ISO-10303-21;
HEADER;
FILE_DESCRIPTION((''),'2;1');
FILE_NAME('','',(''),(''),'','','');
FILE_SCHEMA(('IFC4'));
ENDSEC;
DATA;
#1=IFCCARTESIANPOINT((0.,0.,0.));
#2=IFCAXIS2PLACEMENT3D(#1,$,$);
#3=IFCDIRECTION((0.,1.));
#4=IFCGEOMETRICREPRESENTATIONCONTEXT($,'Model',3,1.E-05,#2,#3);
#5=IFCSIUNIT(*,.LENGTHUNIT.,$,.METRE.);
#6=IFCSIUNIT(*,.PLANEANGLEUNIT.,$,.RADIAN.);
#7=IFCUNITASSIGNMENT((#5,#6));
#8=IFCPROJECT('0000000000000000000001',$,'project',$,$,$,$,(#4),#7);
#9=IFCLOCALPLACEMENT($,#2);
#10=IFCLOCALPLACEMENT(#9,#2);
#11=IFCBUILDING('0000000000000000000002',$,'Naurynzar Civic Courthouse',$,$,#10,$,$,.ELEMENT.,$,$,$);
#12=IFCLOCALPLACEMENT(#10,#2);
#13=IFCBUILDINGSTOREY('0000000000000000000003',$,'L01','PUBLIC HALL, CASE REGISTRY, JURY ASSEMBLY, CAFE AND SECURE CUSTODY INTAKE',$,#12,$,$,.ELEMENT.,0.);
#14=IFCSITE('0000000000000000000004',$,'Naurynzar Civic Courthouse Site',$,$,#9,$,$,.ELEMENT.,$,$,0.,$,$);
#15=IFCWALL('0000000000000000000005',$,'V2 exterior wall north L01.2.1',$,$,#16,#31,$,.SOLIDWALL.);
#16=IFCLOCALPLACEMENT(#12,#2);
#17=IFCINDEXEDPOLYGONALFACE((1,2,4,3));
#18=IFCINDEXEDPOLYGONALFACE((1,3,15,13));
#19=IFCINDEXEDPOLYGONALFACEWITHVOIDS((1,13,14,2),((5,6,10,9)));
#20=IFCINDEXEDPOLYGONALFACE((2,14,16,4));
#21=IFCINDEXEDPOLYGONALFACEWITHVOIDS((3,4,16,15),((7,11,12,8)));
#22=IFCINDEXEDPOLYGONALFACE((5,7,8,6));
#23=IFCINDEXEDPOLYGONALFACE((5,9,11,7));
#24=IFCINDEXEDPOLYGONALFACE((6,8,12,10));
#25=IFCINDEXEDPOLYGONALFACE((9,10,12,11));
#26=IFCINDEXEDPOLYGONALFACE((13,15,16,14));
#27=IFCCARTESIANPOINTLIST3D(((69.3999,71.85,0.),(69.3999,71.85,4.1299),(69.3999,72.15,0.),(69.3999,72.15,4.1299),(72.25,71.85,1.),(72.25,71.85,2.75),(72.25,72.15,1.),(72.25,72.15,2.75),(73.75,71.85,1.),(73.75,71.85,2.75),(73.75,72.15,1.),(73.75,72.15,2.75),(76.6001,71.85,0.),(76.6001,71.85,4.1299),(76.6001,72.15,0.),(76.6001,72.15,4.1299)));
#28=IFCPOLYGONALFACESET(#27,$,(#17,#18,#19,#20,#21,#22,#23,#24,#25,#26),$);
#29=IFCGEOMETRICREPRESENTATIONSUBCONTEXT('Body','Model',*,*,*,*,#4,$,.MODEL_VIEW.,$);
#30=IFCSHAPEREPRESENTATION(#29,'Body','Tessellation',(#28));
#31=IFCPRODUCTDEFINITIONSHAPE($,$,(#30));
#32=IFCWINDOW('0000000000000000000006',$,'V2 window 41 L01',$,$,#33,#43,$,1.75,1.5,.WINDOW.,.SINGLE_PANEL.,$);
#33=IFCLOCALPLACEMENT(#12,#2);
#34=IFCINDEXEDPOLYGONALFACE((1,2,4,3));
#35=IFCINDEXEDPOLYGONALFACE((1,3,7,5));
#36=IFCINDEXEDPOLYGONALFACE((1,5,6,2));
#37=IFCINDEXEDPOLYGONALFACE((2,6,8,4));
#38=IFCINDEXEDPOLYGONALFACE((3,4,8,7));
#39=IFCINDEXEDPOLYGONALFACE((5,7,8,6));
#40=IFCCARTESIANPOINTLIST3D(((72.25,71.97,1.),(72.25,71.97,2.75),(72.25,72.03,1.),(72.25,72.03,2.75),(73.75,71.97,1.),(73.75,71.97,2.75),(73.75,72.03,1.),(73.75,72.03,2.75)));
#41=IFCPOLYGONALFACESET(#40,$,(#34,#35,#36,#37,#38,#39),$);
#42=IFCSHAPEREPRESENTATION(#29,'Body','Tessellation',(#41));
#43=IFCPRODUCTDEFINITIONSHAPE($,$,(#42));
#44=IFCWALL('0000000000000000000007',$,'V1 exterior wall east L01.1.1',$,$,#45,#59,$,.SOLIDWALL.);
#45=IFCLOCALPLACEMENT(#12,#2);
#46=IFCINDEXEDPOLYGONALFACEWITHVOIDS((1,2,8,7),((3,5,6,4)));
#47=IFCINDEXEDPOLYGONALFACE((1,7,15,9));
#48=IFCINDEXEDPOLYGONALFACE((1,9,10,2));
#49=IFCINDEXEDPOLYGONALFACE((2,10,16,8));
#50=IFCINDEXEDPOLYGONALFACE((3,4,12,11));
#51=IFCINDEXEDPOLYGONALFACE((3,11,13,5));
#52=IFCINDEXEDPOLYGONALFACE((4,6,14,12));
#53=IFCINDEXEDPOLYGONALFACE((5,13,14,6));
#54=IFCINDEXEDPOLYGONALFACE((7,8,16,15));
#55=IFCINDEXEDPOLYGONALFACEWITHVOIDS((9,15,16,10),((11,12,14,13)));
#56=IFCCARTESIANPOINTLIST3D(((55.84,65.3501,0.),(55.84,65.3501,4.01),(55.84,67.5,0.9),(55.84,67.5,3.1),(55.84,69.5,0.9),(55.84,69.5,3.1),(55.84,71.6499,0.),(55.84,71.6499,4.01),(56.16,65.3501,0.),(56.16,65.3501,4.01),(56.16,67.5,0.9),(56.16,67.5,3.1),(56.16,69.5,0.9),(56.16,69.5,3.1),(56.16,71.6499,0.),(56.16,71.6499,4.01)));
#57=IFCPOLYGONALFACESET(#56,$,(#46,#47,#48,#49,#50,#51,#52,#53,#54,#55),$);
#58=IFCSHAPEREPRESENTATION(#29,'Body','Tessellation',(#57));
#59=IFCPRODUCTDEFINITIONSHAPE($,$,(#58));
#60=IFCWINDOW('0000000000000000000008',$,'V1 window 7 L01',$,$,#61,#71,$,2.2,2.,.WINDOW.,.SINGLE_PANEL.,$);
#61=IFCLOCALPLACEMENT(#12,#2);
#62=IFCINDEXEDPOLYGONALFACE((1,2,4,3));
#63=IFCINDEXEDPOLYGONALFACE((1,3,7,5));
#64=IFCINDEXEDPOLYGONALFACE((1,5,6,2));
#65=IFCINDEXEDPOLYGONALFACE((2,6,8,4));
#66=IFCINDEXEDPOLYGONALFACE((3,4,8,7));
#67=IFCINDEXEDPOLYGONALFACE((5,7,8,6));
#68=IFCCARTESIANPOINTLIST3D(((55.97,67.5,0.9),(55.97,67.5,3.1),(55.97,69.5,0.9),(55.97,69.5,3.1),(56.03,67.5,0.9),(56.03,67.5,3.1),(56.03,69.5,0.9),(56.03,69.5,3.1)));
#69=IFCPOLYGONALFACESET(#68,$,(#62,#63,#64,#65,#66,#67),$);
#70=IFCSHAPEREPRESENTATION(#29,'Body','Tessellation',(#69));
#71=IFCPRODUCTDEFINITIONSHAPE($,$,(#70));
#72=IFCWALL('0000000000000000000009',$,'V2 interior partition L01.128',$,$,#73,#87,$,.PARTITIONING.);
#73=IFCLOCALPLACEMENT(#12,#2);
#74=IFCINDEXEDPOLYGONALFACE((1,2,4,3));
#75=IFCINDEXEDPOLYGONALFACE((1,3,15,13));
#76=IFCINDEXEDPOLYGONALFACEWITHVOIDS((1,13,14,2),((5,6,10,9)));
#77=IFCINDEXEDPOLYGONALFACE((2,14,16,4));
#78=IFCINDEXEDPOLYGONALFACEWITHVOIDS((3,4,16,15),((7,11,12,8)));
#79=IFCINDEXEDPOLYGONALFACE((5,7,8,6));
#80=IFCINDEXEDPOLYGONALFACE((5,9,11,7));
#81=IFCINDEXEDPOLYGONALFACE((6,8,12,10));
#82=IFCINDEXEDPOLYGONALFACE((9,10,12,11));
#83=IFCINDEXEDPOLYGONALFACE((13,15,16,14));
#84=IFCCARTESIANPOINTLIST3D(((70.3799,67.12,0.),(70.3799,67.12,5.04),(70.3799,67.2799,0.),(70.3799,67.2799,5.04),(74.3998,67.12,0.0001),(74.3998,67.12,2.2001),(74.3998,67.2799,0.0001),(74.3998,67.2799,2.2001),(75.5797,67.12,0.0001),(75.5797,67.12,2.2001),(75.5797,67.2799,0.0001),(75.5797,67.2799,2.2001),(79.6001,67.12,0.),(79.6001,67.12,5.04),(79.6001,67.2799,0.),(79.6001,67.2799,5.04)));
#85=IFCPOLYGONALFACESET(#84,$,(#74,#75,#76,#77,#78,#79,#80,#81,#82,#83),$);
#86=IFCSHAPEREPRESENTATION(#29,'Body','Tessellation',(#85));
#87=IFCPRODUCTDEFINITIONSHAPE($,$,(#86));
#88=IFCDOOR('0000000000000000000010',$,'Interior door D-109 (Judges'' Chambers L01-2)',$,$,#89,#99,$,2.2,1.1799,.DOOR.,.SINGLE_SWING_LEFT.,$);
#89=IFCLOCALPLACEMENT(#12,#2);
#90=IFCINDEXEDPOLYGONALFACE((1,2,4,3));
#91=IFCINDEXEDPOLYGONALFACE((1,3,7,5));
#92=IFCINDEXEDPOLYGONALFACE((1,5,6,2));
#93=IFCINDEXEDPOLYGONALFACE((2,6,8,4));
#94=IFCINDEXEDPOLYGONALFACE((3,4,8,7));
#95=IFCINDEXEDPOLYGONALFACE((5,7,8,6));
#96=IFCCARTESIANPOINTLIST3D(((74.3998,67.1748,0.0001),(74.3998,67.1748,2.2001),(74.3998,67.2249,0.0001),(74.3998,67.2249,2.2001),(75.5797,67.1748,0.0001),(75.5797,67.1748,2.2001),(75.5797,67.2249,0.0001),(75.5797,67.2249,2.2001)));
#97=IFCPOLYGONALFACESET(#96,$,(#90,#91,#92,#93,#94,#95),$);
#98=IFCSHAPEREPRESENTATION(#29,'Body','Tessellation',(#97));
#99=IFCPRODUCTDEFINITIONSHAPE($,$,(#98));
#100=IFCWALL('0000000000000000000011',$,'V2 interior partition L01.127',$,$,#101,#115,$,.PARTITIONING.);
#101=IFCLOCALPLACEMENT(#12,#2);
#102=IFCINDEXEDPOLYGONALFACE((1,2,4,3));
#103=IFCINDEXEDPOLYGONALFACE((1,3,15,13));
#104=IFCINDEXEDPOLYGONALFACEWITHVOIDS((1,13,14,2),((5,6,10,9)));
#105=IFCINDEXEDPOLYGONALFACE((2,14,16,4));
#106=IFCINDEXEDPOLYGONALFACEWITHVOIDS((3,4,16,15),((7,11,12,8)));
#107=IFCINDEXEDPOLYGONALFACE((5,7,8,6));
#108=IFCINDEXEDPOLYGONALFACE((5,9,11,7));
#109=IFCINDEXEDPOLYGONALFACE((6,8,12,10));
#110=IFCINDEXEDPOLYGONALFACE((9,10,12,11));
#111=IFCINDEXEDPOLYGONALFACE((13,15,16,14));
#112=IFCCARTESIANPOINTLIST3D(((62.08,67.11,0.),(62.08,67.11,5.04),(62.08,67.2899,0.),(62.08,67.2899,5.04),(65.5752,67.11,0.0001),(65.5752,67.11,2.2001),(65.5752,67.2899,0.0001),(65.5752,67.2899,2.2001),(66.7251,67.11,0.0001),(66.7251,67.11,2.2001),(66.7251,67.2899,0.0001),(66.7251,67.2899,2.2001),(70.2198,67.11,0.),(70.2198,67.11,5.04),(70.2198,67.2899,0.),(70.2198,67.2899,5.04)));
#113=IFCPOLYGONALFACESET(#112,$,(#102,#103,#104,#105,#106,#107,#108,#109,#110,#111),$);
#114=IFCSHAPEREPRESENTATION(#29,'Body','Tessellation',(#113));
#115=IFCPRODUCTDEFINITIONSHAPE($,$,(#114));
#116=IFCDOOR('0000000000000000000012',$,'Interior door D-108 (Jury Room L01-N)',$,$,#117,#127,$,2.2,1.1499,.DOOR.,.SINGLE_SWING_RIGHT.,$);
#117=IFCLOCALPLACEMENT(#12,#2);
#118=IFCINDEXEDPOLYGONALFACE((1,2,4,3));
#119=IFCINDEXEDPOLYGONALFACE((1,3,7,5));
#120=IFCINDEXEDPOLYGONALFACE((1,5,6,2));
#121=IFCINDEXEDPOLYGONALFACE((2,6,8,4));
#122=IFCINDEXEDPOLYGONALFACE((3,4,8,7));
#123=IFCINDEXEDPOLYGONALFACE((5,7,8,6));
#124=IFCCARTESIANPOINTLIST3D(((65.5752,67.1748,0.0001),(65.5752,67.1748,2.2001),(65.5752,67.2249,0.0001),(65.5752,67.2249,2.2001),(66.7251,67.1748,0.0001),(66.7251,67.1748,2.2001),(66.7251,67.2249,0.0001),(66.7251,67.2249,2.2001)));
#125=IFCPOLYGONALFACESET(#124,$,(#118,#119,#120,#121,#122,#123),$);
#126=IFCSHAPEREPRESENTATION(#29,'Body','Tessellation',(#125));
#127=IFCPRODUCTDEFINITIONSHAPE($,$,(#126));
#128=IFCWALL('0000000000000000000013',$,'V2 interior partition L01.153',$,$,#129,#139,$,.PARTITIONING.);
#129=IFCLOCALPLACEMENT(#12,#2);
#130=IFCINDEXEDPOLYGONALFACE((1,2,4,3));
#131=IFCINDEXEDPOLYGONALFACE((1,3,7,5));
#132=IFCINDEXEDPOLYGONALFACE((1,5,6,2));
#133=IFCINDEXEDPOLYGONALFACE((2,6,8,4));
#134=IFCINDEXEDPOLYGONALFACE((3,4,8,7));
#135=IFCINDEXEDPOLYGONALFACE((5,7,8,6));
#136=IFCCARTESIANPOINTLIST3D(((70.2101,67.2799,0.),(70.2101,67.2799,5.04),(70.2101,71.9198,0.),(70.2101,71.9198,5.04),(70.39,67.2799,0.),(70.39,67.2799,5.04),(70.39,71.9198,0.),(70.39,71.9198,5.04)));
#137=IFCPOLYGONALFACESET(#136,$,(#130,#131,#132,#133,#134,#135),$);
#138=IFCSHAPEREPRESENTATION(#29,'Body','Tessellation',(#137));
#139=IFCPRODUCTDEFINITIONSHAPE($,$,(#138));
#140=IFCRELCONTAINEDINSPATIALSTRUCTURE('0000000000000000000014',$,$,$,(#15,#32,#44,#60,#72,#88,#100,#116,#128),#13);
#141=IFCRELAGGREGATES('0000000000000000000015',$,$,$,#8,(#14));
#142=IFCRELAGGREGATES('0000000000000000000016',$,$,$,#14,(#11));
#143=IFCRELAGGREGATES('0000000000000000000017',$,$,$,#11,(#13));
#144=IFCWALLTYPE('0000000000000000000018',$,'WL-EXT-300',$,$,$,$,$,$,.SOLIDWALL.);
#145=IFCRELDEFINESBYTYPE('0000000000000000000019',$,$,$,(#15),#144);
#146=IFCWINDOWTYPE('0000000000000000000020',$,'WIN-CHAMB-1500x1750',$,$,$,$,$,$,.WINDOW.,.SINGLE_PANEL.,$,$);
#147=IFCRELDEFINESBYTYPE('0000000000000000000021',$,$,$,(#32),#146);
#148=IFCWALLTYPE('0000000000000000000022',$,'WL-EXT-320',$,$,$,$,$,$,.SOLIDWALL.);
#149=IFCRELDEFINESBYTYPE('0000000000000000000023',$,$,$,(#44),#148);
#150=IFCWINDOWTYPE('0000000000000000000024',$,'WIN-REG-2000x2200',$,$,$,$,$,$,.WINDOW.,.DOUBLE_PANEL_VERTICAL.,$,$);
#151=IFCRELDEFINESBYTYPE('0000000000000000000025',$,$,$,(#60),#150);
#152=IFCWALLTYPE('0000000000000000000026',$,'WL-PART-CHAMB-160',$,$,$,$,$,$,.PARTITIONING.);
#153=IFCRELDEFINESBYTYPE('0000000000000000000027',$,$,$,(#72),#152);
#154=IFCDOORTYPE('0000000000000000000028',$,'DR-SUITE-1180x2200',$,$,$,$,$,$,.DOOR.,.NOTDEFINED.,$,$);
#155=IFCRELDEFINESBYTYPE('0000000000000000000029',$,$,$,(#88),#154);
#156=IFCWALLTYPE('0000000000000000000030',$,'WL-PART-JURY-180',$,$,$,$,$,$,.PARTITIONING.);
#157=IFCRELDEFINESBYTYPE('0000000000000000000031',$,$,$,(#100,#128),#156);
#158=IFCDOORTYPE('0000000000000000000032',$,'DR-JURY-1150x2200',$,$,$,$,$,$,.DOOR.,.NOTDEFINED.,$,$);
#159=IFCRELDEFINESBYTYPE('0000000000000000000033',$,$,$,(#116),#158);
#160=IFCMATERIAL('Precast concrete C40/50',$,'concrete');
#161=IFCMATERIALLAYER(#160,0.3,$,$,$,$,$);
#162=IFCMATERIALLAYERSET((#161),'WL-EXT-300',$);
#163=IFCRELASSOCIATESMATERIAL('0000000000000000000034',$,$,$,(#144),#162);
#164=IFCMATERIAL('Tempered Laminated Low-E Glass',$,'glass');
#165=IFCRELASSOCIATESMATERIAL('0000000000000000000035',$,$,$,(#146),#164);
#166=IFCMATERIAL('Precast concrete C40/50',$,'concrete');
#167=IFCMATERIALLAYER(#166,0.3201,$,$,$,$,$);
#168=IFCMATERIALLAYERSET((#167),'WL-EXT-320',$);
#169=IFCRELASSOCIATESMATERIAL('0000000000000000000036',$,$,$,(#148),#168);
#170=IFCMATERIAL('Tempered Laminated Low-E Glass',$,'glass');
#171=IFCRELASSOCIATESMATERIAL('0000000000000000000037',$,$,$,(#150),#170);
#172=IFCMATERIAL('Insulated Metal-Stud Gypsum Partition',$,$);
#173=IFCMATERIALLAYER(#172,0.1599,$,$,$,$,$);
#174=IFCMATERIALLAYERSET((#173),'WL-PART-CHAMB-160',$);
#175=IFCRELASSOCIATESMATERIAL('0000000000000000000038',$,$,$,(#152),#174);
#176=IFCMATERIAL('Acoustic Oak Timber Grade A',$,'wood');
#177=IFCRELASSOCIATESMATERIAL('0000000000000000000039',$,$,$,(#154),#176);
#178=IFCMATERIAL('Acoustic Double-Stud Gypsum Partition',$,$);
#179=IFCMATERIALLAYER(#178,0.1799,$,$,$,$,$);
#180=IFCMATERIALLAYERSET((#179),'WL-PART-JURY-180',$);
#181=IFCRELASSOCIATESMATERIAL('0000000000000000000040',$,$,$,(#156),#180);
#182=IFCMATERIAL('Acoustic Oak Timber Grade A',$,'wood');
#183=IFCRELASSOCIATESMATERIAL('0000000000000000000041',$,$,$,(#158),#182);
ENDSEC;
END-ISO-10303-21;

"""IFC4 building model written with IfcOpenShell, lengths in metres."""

from ifc_helpers import new_model, si_unit, direction, frame, frame_2d, origin, place, context, subcontext, project, spatial, rectangle, extrude, material, layer, layer_set, type_object, element, fill, save


model = new_model("IFC4")

# Units and contexts
model_context = context("Model", 3, precision=1e-05, world=origin(), true_north=direction((0.0, 1.0)))
body_context = subcontext(model_context, "Body", "Model", "MODEL_VIEW")
ifc_project = project(units=[si_unit("LENGTHUNIT", "METRE"), si_unit("PLANEANGLEUNIT", "RADIAN")], contexts=[model_context])

# Site, building, storey
site_placement = place(None, origin())
site = spatial("IfcSite", under=ifc_project, at=site_placement, Name="Naurynzar Civic Courthouse Site", CompositionType="ELEMENT", RefElevation=0.0)
building_placement = place(site_placement, origin())
building = spatial("IfcBuilding", under=site, at=building_placement, Name="Naurynzar Civic Courthouse", CompositionType="ELEMENT")
storey_placement = place(building_placement, origin())
storey = spatial("IfcBuildingStorey", under=building, at=storey_placement, Name="L01", Description="PUBLIC HALL, CASE REGISTRY, JURY ASSEMBLY, CAFE AND SECURE CUSTODY INTAKE", CompositionType="ELEMENT", Elevation=0.0)

# Shared definitions
ifc_material_1 = material(Name="Precast concrete C40/50", Category="concrete")
ifc_layer_1 = layer(ifc_material_1, 0.3)
ifc_layer_set_1 = layer_set([ifc_layer_1], Name="WL-EXT-300")
wall_type_1 = type_object("IfcWallType", Name="WL-EXT-300", PredefinedType="SOLIDWALL", material=ifc_layer_set_1)

# Walls, openings, windows
wall_1_placement = place(storey_placement, frame((69.3999, 72.0, 0.0), z_axis=(0.0, 0.0, 1.0), x_axis=(1.0, 0.0, 0.0)))
wall_1 = element("IfcWall", 1, at=wall_1_placement, inside=storey, type_object=wall_type_1, Name="V2 exterior wall north L01.2.1", PredefinedType="SOLIDWALL", context=body_context, shape_type="SweptSolid", body=[
    extrude(rectangle(XDim=7.2002, YDim=0.3, at=frame_2d((3.6001, 0.0))), origin(), (0.0, 0.0, 1.0), 4.1299),
])
opening_1_placement = place(wall_1_placement, frame((2.8501, 0.0, 1.0)))
opening_1 = element("IfcOpeningElement", 2, at=opening_1_placement, cuts=wall_1, PredefinedType="OPENING", context=body_context, shape_type="SweptSolid", body=[
    extrude(rectangle(XDim=1.5, YDim=1.75, at=frame_2d((0.75, 0.875))), frame((0.0, 0.1599, 0.0), z_axis=(0.0, -1.0, 0.0), x_axis=(1.0, 0.0, 0.0)), (0.0, 0.0, 1.0), 0.3201),
])
ifc_material_2 = material(Name="Tempered Laminated Low-E Glass", Category="glass")
window_type_1 = type_object("IfcWindowType", Name="WIN-CHAMB-1500x1750", PartitioningType="SINGLE_PANEL", PredefinedType="WINDOW", material=ifc_material_2)
window_1_placement = place(opening_1_placement, origin())
window_1 = element("IfcWindow", 3, at=window_1_placement, inside=storey, type_object=window_type_1, Name="V2 window 41 L01", OverallHeight=1.75, OverallWidth=1.5, PartitioningType="SINGLE_PANEL", PredefinedType="WINDOW", context=body_context, shape_type="SweptSolid", body=[
    extrude(rectangle(XDim=1.5, YDim=1.75, at=frame_2d((0.75, 0.875))), frame((0.0, 0.03, 0.0), z_axis=(0.0, -1.0, 0.0), x_axis=(1.0, 0.0, 0.0)), (0.0, 0.0, 1.0), 0.0601),
])
fill(opening_1, window_1)
ifc_material_3 = material(Name="Precast concrete C40/50", Category="concrete")
ifc_layer_2 = layer(ifc_material_3, 0.3201)
ifc_layer_set_2 = layer_set([ifc_layer_2], Name="WL-EXT-320")
wall_type_2 = type_object("IfcWallType", Name="WL-EXT-320", PredefinedType="SOLIDWALL", material=ifc_layer_set_2)
wall_2_placement = place(storey_placement, frame((56.0, 71.6499, 0.0), z_axis=(0.0, 0.0, 1.0), x_axis=(0.0, -1.0, 0.0)))
wall_2 = element("IfcWall", 4, at=wall_2_placement, inside=storey, type_object=wall_type_2, Name="V1 exterior wall east L01.1.1", PredefinedType="SOLIDWALL", context=body_context, shape_type="SweptSolid", body=[
    extrude(rectangle(XDim=6.2998, YDim=0.3201, at=frame_2d((3.1499, 0.0))), origin(), (0.0, 0.0, 1.0), 4.01),
])
opening_2_placement = place(wall_2_placement, frame((2.1499, 0.0, 0.8999)))
opening_2 = element("IfcOpeningElement", 5, at=opening_2_placement, cuts=wall_2, PredefinedType="OPENING", context=body_context, shape_type="SweptSolid", body=[
    extrude(rectangle(XDim=2.0, YDim=2.2, at=frame_2d((1.0, 1.1001))), frame((0.0, 0.1699, 0.0), z_axis=(0.0, -1.0, 0.0), x_axis=(1.0, 0.0, 0.0)), (0.0, 0.0, 1.0), 0.3401),
])
ifc_material_4 = material(Name="Tempered Laminated Low-E Glass", Category="glass")
window_type_2 = type_object("IfcWindowType", Name="WIN-REG-2000x2200", PartitioningType="DOUBLE_PANEL_VERTICAL", PredefinedType="WINDOW", material=ifc_material_4)
window_2_placement = place(opening_2_placement, origin())
window_2 = element("IfcWindow", 6, at=window_2_placement, inside=storey, type_object=window_type_2, Name="V1 window 7 L01", OverallHeight=2.2, OverallWidth=2.0, PartitioningType="SINGLE_PANEL", PredefinedType="WINDOW", context=body_context, shape_type="SweptSolid", body=[
    extrude(rectangle(XDim=2.0, YDim=2.2, at=frame_2d((1.0, 1.1001))), frame((0.0, 0.03, 0.0), z_axis=(0.0, -1.0, 0.0), x_axis=(1.0, 0.0, 0.0)), (0.0, 0.0, 1.0), 0.0601),
])
fill(opening_2, window_2)

# Walls, openings, doors
ifc_material_5 = material(Name="Insulated Metal-Stud Gypsum Partition")
ifc_layer_3 = layer(ifc_material_5, 0.1599)
ifc_layer_set_3 = layer_set([ifc_layer_3], Name="WL-PART-CHAMB-160")
wall_type_3 = type_object("IfcWallType", Name="WL-PART-CHAMB-160", PredefinedType="PARTITIONING", material=ifc_layer_set_3)
wall_3_placement = place(storey_placement, frame((70.3799, 67.2, 0.0), z_axis=(0.0, 0.0, 1.0), x_axis=(1.0, 0.0, 0.0)))
wall_3 = element("IfcWall", 7, at=wall_3_placement, inside=storey, type_object=wall_type_3, Name="V2 interior partition L01.128", PredefinedType="PARTITIONING", context=body_context, shape_type="SweptSolid", body=[
    extrude(rectangle(XDim=9.2202, YDim=0.1599, at=frame_2d((4.6101, 0.0))), origin(), (0.0, 0.0, 1.0), 5.04),
])
opening_3_placement = place(wall_3_placement, frame((4.02, 0.0, 0.0)))
opening_3 = element("IfcOpeningElement", 8, at=opening_3_placement, cuts=wall_3, PredefinedType="OPENING", context=body_context, shape_type="SweptSolid", body=[
    extrude(rectangle(XDim=1.1799, YDim=2.2, at=frame_2d((0.5898, 1.1001))), frame((0.0, 0.0898, 0.0), z_axis=(0.0, -1.0, 0.0), x_axis=(1.0, 0.0, 0.0)), (0.0, 0.0, 1.0), 0.1799),
])
ifc_material_6 = material(Name="Acoustic Oak Timber Grade A", Category="wood")
door_type_1 = type_object("IfcDoorType", Name="DR-SUITE-1180x2200", OperationType="NOTDEFINED", PredefinedType="DOOR", material=ifc_material_6)
door_1_placement = place(opening_3_placement, origin())
door_1 = element("IfcDoor", 9, at=door_1_placement, inside=storey, type_object=door_type_1, Name="Interior door D-109 (Judges' Chambers L01-2)", OperationType="SINGLE_SWING_LEFT", OverallHeight=2.2, OverallWidth=1.1799, PredefinedType="DOOR", context=body_context, shape_type="SweptSolid", body=[
    extrude(rectangle(XDim=1.1799, YDim=2.2, at=frame_2d((0.5898, 1.1001))), frame((0.0, 0.0249, 0.0), z_axis=(0.0, -1.0, 0.0), x_axis=(1.0, 0.0, 0.0)), (0.0, 0.0, 1.0), 0.05),
])
fill(opening_3, door_1)
ifc_material_7 = material(Name="Acoustic Double-Stud Gypsum Partition")
ifc_layer_4 = layer(ifc_material_7, 0.1799)
ifc_layer_set_4 = layer_set([ifc_layer_4], Name="WL-PART-JURY-180")
wall_type_4 = type_object("IfcWallType", Name="WL-PART-JURY-180", PredefinedType="PARTITIONING", material=ifc_layer_set_4)
wall_4_placement = place(storey_placement, frame((62.0801, 67.2, 0.0), z_axis=(0.0, 0.0, 1.0), x_axis=(1.0, 0.0, 0.0)))
wall_4 = element("IfcWall", 10, at=wall_4_placement, inside=storey, type_object=wall_type_4, Name="V2 interior partition L01.127", PredefinedType="PARTITIONING", context=body_context, shape_type="SweptSolid", body=[
    extrude(rectangle(XDim=8.1399, YDim=0.1799, at=frame_2d((4.0698, 0.0))), origin(), (0.0, 0.0, 1.0), 5.04),
])
opening_4_placement = place(wall_4_placement, frame((3.4951, 0.0, 0.0)))
opening_4 = element("IfcOpeningElement", 11, at=opening_4_placement, cuts=wall_4, PredefinedType="OPENING", context=body_context, shape_type="SweptSolid", body=[
    extrude(rectangle(XDim=1.1499, YDim=2.2, at=frame_2d((0.575, 1.1001))), frame((0.0, 0.0999, 0.0), z_axis=(0.0, -1.0, 0.0), x_axis=(1.0, 0.0, 0.0)), (0.0, 0.0, 1.0), 0.2),
])
ifc_material_8 = material(Name="Acoustic Oak Timber Grade A", Category="wood")
door_type_2 = type_object("IfcDoorType", Name="DR-JURY-1150x2200", OperationType="NOTDEFINED", PredefinedType="DOOR", material=ifc_material_8)
door_2_placement = place(opening_4_placement, origin())
door_2 = element("IfcDoor", 12, at=door_2_placement, inside=storey, type_object=door_type_2, Name="Interior door D-108 (Jury Room L01-N)", OperationType="SINGLE_SWING_RIGHT", OverallHeight=2.2, OverallWidth=1.1499, PredefinedType="DOOR", context=body_context, shape_type="SweptSolid", body=[
    extrude(rectangle(XDim=1.1499, YDim=2.2, at=frame_2d((0.575, 1.1001))), frame((0.0, 0.0249, 0.0), z_axis=(0.0, -1.0, 0.0), x_axis=(1.0, 0.0, 0.0)), (0.0, 0.0, 1.0), 0.05),
])
fill(opening_4, door_2)

# Wall
wall_5_placement = place(storey_placement, frame((70.3, 67.28, 0.0), z_axis=(0.0, 0.0, 1.0), x_axis=(0.0, 1.0, 0.0)))
element("IfcWall", 13, at=wall_5_placement, inside=storey, type_object=wall_type_4, Name="V2 interior partition L01.153", PredefinedType="PARTITIONING", context=body_context, shape_type="SweptSolid", body=[
    extrude(rectangle(XDim=4.6399, YDim=0.1799, at=frame_2d((2.3198, 0.0))), origin(), (0.0, 0.0, 1.0), 5.04),
])

save(model, "model.ifc")
